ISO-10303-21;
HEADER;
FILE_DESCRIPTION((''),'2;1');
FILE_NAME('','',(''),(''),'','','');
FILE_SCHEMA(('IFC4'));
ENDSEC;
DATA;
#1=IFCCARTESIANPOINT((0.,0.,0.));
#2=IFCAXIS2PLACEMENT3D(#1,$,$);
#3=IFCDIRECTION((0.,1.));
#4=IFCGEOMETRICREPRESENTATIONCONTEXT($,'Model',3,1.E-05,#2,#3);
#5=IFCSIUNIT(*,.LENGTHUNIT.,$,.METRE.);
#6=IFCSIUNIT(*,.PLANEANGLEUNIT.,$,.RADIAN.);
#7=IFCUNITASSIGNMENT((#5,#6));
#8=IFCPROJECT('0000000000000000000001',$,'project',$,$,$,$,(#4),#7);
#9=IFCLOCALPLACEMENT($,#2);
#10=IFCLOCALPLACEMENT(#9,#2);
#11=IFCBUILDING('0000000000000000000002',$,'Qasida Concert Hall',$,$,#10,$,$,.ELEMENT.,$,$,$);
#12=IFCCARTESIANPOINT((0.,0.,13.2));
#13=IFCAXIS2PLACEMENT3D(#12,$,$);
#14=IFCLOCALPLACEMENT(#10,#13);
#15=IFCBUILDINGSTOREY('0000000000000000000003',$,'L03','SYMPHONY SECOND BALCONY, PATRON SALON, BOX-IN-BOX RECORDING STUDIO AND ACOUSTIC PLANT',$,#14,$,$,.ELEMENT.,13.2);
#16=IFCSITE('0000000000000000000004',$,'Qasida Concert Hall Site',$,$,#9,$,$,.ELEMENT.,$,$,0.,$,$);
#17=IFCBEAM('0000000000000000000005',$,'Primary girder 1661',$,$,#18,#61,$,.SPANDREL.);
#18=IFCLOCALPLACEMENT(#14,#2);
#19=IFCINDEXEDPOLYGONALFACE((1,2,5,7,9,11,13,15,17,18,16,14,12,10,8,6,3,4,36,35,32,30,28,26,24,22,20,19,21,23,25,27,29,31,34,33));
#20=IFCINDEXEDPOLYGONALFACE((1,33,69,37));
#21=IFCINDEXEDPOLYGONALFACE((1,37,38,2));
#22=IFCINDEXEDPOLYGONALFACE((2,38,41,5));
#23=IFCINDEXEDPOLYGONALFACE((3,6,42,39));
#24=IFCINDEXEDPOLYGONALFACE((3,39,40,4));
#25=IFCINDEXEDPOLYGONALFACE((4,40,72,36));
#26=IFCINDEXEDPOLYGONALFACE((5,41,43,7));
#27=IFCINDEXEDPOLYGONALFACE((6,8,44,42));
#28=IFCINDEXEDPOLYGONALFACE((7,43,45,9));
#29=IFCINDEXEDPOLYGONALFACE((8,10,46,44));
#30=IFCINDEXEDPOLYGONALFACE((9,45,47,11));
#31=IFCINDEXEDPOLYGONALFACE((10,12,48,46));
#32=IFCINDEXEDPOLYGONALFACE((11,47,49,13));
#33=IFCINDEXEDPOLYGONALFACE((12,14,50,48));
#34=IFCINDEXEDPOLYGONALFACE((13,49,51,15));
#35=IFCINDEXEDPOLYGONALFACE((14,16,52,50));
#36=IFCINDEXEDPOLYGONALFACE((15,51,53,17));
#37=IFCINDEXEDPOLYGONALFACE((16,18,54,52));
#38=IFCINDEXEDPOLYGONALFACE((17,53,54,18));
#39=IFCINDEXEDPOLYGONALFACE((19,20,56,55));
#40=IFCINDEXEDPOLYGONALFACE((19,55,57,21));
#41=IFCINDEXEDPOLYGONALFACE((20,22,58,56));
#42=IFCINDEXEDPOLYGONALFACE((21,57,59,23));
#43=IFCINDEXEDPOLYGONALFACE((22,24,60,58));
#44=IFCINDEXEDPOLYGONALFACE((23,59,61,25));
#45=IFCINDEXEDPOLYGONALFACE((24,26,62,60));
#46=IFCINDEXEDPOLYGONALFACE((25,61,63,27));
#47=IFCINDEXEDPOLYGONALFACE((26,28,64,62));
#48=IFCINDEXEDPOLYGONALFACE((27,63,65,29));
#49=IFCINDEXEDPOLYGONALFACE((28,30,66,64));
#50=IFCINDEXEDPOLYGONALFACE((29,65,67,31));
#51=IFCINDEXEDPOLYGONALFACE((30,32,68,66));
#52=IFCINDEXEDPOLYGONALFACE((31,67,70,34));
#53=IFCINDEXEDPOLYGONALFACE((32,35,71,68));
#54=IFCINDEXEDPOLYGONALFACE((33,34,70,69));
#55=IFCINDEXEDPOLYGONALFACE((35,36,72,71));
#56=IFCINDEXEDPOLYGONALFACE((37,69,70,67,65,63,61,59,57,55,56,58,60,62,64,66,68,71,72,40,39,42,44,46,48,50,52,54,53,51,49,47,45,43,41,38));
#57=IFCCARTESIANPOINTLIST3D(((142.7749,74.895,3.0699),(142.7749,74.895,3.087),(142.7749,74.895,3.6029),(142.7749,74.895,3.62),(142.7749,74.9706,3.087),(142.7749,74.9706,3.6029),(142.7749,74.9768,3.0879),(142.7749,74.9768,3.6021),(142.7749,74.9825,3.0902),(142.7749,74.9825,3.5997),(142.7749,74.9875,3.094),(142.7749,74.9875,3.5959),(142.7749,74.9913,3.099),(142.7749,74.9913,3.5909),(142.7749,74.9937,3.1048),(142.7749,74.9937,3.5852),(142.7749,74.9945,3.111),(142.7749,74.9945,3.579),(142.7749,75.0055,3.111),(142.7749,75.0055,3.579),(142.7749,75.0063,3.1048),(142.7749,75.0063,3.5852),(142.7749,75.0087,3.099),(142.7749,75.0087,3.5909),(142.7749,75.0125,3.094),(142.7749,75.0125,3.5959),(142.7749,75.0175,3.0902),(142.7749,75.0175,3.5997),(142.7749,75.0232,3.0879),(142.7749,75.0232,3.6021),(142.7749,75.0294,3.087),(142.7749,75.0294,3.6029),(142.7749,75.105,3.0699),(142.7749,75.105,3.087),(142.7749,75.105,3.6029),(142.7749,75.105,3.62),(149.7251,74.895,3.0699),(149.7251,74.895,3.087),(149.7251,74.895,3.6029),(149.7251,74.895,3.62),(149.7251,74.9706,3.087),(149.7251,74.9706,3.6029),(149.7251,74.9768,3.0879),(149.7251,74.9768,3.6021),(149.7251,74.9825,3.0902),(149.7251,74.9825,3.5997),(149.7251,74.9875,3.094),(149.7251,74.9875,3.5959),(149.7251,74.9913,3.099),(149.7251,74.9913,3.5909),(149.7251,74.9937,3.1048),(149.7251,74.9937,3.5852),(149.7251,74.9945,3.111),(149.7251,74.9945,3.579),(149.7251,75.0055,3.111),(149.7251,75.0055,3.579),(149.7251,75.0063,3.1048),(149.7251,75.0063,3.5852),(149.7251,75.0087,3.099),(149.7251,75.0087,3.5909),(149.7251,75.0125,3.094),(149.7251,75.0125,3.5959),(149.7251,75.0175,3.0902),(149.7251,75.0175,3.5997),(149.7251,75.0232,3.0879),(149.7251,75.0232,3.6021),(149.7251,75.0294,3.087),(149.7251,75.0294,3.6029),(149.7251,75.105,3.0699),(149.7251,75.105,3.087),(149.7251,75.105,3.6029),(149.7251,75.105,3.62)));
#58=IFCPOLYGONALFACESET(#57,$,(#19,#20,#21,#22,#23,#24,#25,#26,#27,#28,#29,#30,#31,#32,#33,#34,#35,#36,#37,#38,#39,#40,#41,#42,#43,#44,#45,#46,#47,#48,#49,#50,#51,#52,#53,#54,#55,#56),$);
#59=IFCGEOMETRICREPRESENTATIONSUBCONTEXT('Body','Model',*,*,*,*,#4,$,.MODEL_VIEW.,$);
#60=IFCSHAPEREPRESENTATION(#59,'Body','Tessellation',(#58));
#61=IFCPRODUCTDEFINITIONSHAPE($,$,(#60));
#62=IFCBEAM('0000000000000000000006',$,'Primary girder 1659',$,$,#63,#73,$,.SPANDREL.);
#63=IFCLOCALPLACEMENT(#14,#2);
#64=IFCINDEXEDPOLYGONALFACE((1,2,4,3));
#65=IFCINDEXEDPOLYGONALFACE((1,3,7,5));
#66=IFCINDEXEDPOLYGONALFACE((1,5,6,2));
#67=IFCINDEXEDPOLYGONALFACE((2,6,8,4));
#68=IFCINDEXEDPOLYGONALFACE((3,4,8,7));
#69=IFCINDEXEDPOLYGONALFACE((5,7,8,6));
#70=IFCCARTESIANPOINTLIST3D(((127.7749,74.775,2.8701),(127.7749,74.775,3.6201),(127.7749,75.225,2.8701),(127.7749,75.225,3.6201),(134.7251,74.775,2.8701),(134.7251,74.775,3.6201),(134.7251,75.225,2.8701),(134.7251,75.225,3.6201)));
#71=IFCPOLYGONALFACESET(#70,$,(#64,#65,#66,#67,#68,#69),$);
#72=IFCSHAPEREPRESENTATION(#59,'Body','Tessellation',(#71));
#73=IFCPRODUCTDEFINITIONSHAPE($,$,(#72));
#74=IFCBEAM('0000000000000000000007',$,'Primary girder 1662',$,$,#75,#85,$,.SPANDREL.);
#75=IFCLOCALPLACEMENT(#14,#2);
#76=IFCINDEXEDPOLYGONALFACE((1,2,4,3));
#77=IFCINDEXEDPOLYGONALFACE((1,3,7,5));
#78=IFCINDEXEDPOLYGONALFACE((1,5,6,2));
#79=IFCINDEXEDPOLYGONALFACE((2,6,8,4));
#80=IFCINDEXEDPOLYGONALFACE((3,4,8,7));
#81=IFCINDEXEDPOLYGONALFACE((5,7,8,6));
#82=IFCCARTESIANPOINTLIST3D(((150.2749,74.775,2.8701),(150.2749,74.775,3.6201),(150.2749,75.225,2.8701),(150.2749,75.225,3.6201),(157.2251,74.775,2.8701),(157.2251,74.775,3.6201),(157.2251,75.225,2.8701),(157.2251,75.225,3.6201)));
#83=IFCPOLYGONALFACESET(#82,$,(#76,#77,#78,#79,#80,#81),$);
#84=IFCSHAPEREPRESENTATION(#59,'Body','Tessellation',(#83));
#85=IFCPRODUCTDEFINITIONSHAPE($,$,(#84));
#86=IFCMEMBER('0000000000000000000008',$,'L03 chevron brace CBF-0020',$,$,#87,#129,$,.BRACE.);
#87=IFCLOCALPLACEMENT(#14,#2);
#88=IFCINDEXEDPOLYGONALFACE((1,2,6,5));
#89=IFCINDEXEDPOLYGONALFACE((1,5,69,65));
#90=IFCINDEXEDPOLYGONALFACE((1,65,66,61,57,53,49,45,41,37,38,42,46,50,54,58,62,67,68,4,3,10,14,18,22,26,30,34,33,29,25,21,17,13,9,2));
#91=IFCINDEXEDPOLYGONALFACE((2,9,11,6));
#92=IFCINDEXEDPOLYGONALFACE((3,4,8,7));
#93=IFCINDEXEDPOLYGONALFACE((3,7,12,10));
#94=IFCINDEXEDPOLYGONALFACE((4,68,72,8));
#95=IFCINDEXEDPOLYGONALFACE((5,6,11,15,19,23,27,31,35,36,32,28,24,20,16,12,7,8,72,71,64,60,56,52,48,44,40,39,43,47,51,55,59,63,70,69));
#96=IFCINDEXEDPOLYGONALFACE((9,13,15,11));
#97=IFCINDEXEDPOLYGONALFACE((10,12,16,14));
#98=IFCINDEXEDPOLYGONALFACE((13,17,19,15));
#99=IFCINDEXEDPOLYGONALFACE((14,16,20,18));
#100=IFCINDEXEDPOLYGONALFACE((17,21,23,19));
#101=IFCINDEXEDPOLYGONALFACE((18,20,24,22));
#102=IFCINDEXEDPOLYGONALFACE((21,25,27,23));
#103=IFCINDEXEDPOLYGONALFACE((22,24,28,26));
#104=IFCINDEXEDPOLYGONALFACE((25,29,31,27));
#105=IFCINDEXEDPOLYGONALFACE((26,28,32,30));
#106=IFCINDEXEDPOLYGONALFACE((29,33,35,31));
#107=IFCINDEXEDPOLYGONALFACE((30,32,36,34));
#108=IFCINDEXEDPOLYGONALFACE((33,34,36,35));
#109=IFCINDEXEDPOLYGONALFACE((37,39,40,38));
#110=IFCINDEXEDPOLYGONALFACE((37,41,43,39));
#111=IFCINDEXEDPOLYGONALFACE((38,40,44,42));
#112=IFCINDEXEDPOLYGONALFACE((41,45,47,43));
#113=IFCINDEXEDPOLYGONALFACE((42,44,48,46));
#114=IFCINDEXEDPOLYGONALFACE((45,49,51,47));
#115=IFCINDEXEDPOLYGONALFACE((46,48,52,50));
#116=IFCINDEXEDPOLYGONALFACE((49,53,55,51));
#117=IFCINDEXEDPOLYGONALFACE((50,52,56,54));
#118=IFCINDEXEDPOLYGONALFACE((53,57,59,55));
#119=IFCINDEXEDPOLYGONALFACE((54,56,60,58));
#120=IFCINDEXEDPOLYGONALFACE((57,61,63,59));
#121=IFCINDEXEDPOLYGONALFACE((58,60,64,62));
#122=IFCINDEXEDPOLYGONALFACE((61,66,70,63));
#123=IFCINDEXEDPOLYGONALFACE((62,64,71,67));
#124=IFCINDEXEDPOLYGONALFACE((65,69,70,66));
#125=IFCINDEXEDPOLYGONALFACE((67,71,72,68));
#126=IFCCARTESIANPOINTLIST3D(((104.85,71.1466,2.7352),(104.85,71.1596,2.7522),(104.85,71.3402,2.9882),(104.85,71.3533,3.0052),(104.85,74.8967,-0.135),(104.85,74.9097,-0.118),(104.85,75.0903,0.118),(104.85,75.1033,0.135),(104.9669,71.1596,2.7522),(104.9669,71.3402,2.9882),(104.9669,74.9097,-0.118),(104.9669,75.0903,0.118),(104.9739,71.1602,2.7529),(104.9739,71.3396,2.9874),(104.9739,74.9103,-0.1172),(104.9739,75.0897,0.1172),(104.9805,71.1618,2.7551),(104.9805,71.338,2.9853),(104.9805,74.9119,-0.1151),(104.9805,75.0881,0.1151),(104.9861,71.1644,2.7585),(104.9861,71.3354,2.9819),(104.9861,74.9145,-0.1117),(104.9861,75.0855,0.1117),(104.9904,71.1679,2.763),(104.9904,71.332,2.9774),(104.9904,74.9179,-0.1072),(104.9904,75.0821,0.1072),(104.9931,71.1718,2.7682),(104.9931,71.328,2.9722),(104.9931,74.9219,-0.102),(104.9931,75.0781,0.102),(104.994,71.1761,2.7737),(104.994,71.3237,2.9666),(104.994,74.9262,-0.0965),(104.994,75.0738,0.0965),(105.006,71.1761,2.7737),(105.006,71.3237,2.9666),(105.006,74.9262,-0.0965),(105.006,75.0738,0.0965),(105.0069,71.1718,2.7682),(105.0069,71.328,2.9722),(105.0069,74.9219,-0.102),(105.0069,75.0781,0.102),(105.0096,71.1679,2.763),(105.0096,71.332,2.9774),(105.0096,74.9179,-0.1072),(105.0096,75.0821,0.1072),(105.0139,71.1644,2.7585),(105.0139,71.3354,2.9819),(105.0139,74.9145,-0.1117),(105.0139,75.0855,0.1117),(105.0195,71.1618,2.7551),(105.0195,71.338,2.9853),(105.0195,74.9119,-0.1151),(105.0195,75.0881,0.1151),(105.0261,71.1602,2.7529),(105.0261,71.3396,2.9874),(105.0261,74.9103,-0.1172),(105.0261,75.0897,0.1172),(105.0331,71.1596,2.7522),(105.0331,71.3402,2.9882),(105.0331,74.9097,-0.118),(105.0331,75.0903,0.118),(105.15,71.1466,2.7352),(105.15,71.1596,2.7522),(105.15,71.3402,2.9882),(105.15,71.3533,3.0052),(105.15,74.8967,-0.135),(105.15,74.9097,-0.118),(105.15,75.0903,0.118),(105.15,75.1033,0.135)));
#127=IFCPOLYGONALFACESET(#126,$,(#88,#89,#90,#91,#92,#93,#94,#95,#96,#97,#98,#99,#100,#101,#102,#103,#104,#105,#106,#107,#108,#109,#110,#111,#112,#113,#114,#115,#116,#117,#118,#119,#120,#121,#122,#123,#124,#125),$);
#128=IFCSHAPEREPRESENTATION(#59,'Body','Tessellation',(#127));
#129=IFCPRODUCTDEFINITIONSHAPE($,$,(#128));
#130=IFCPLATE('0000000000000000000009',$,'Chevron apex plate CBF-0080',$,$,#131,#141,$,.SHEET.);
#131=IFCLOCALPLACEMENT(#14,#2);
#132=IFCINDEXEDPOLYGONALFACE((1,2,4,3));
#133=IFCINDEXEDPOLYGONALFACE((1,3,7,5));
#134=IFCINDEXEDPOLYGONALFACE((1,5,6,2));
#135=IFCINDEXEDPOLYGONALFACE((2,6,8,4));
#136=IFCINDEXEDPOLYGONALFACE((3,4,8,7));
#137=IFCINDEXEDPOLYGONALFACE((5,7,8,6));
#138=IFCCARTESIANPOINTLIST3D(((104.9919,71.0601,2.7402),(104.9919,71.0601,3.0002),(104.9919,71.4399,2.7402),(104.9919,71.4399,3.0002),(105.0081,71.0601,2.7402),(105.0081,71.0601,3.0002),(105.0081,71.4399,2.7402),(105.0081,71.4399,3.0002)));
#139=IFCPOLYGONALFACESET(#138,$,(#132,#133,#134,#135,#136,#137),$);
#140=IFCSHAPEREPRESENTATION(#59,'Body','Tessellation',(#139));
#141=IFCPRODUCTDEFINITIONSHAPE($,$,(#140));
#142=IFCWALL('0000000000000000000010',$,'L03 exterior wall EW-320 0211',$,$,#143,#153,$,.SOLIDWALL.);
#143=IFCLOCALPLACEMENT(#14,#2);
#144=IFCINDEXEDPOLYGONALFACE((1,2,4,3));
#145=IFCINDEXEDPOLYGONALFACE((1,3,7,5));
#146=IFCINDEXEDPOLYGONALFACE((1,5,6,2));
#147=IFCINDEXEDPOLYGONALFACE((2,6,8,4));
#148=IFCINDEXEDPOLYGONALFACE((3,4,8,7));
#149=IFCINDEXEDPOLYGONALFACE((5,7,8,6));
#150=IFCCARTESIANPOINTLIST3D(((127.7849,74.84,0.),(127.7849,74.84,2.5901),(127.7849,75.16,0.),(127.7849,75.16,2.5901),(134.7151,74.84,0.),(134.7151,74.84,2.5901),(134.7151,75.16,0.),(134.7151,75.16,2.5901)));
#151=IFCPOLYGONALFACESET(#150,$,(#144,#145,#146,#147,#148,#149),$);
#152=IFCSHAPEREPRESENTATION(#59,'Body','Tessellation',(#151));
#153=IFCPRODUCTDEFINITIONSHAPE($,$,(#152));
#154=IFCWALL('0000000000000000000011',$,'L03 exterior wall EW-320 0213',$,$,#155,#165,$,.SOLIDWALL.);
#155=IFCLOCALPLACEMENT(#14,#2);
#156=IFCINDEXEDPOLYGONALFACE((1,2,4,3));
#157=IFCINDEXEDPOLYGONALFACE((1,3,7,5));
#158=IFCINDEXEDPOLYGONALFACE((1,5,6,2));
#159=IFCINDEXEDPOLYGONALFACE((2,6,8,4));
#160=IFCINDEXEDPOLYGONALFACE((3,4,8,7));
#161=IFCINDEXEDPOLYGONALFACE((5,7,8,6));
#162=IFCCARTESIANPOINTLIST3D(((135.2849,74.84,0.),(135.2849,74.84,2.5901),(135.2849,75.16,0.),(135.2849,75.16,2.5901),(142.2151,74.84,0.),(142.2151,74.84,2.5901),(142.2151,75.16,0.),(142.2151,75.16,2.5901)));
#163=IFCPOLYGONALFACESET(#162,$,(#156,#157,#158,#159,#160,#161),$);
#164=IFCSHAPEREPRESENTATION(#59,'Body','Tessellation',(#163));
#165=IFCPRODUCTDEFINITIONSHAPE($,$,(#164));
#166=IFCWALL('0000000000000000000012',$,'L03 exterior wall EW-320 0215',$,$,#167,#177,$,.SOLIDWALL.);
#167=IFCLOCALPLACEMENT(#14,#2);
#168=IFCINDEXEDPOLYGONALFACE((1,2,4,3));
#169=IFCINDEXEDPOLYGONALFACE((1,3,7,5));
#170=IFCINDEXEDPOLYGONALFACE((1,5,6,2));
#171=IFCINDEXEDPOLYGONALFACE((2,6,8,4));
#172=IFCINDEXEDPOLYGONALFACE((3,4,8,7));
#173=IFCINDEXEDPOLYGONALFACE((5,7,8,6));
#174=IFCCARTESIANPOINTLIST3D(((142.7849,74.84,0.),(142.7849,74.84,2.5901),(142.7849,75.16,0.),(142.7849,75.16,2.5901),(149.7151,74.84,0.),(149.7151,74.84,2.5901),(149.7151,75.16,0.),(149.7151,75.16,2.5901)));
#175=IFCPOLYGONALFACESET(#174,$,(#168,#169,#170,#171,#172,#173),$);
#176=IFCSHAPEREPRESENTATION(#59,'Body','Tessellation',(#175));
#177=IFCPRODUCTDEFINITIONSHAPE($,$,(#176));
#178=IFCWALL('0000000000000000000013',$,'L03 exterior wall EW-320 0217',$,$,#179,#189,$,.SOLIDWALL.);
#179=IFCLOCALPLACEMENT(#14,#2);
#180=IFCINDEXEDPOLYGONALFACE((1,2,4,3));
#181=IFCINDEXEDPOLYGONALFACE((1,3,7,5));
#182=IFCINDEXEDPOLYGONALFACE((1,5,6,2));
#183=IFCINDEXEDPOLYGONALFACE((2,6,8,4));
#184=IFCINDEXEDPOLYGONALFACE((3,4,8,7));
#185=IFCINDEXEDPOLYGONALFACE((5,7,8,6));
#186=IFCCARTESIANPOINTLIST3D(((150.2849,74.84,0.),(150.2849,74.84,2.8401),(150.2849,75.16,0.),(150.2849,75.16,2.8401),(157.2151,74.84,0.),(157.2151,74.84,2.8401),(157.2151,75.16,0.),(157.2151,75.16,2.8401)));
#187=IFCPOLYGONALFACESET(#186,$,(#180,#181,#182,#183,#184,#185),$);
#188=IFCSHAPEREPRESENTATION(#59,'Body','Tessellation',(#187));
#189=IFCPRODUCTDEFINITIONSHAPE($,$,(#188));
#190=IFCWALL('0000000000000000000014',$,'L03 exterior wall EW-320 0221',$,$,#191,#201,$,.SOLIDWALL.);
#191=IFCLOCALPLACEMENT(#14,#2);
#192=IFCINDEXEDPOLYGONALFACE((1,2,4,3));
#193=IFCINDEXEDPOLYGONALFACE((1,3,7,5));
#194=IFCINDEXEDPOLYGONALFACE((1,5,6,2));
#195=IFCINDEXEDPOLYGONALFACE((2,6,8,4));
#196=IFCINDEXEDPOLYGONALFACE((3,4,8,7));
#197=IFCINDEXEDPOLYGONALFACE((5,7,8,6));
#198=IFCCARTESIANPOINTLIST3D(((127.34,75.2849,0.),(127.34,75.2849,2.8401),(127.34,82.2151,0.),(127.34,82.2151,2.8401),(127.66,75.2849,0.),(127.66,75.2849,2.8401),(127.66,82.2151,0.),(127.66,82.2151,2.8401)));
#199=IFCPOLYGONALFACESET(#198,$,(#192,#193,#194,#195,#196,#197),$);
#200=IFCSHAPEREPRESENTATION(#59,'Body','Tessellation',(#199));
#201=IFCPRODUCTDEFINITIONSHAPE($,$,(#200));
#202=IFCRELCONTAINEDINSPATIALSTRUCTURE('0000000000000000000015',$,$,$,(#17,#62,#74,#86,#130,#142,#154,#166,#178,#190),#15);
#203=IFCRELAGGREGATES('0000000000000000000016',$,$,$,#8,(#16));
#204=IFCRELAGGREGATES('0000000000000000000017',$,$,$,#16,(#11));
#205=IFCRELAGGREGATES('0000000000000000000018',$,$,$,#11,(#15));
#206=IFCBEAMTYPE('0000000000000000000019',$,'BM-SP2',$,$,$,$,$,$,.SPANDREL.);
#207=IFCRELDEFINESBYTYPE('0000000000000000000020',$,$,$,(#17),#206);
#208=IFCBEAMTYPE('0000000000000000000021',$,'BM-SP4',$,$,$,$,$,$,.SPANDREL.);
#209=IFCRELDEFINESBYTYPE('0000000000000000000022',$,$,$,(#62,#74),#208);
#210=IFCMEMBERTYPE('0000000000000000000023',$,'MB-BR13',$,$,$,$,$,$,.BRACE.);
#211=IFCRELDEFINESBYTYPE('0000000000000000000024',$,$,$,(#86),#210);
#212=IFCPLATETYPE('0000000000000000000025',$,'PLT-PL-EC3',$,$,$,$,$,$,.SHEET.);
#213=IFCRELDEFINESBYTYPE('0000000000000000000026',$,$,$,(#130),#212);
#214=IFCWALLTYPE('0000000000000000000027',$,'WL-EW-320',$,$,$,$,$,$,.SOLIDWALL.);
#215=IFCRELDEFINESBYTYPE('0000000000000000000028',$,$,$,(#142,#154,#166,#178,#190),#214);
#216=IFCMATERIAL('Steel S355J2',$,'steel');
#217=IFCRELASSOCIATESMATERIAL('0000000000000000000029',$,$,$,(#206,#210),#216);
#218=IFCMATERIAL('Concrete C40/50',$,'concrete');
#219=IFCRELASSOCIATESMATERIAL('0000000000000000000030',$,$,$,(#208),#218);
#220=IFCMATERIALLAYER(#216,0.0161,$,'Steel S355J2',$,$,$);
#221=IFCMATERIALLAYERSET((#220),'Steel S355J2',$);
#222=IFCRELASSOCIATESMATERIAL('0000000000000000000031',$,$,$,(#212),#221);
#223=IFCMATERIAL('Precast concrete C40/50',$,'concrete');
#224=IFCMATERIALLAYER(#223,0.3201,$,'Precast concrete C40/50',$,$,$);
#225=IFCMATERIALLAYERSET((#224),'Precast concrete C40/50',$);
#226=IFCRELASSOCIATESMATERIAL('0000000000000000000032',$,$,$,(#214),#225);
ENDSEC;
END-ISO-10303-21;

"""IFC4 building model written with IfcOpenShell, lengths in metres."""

from ifc_helpers import new_model, si_unit, direction, frame, frame_2d, origin, origin_2d, place, context, subcontext, project, spatial, rectangle, i_section, extrude, material, layer, layer_set, material_profile, profile_set, type_object, element, save


model = new_model("IFC4")

# Units and contexts
model_context = context("Model", 3, precision=1e-05, world=origin(), true_north=direction((0.0, 1.0)))
body_context = subcontext(model_context, "Body", "Model", "MODEL_VIEW")
ifc_project = project(units=[si_unit("LENGTHUNIT", "METRE"), si_unit("PLANEANGLEUNIT", "RADIAN")], contexts=[model_context])

# Site, building, storey
site_placement = place(None, origin())
site = spatial("IfcSite", under=ifc_project, at=site_placement, Name="Qasida Concert Hall Site", CompositionType="ELEMENT", RefElevation=0.0)
building_placement = place(site_placement, origin())
building = spatial("IfcBuilding", under=site, at=building_placement, Name="Qasida Concert Hall", CompositionType="ELEMENT")
storey_placement = place(building_placement, frame((0.0, 0.0, 13.2)))
storey = spatial("IfcBuildingStorey", under=building, at=storey_placement, Name="L03", Description="SYMPHONY SECOND BALCONY, PATRON SALON, BOX-IN-BOX RECORDING STUDIO AND ACOUSTIC PLANT", CompositionType="ELEMENT", Elevation=13.2)

# Beams
ifc_material_1 = material(Name="Steel S355J2", Category="steel")
ifc_material_2 = material(Name="Concrete C40/50", Category="concrete")
ifc_material_profile_1 = material_profile(ifc_material_1, i_section(OverallWidth=0.21, OverallDepth=0.55, WebThickness=0.011, FlangeThickness=0.0171, FilletRadius=0.0239, at=origin_2d()), Name="IPE 550")
ifc_profile_set_1 = profile_set([ifc_material_profile_1], Name="Steel S355J2")
beam_type_1 = type_object("IfcBeamType", Name="BM-SP2", PredefinedType="SPANDREL", material=ifc_profile_set_1)
beam_1_placement = place(storey_placement, frame((142.7749, 75.0, 3.345), z_axis=(1.0, 0.0, 0.0), x_axis=(0.0, 1.0, 0.0)))
element("IfcBeam", 1, at=beam_1_placement, inside=storey, type_object=beam_type_1, Name="Primary girder 1661", PredefinedType="SPANDREL", context=body_context, shape_type="SweptSolid", body=[
    extrude(i_section(OverallWidth=0.21, OverallDepth=0.55, WebThickness=0.011, FlangeThickness=0.0171, FilletRadius=0.0239, at=origin_2d()), origin(), (0.0, 0.0, 1.0), 6.9502),
])
ifc_material_profile_2 = material_profile(ifc_material_2, rectangle(XDim=0.45, YDim=0.75, at=origin_2d()), Name="RC 450x750")
ifc_profile_set_2 = profile_set([ifc_material_profile_2], Name="Concrete C40/50")
beam_type_2 = type_object("IfcBeamType", Name="BM-SP4", PredefinedType="SPANDREL", material=ifc_profile_set_2)
for number, where, z_axis, x_axis, name in (
    (2, (127.7749, 75.0, 3.2451), (1.0, 0.0, 0.0), (0.0, 1.0, 0.0), "Primary girder 1659"),
    (3, (150.2749, 75.0, 3.2451), (1.0, 0.0, 0.0), (0.0, 1.0, 0.0), "Primary girder 1662"),
):
    element("IfcBeam", number, at=place(storey_placement, frame(where, z_axis=z_axis, x_axis=x_axis)), inside=storey, type_object=beam_type_2, Name=name, PredefinedType="SPANDREL", context=body_context, shape_type="SweptSolid", body=[
        extrude(rectangle(XDim=0.45, YDim=0.75, at=origin_2d()), origin(), (0.0, 0.0, 1.0), 6.9502),
    ])

# Member
ifc_material_profile_3 = material_profile(ifc_material_1, i_section(OverallWidth=0.3, OverallDepth=0.3401, WebThickness=0.012, FlangeThickness=0.0215, FilletRadius=0.0271, at=origin_2d()), Name="HEB 340")
ifc_profile_set_3 = profile_set([ifc_material_profile_3], Name="Steel S355J2")
member_type = type_object("IfcMemberType", Name="MB-BR13", PredefinedType="BRACE", material=ifc_profile_set_3)
member_placement = place(storey_placement, frame((105.0, 75.0, 0.0), z_axis=(0.0, -0.794105, 0.60778), x_axis=(1.0, 0.0, 0.0)))
element("IfcMember", 4, at=member_placement, inside=storey, type_object=member_type, Name="L03 chevron brace CBF-0020", PredefinedType="BRACE", context=body_context, shape_type="SweptSolid", body=[
    extrude(i_section(OverallWidth=0.3, OverallDepth=0.3401, WebThickness=0.012, FlangeThickness=0.0215, FilletRadius=0.0271, at=origin_2d()), origin(), (0.0, 0.0, 1.0), 4.7224),
])

# Plate
ifc_layer_1 = layer(ifc_material_1, 0.0161, Name="Steel S355J2")
ifc_layer_set_1 = layer_set([ifc_layer_1], Name="Steel S355J2")
plate_type = type_object("IfcPlateType", Name="PLT-PL-EC3", PredefinedType="SHEET", material=ifc_layer_set_1)
plate_placement = place(storey_placement, frame((105.0, 71.25, 2.7402), z_axis=(0.0, 0.0, 1.0), x_axis=(0.0, 1.0, 0.0)))
element("IfcPlate", 5, at=plate_placement, inside=storey, type_object=plate_type, Name="Chevron apex plate CBF-0080", PredefinedType="SHEET", context=body_context, shape_type="SweptSolid", body=[
    extrude(rectangle(XDim=0.3799, YDim=0.0161, at=origin_2d()), origin(), (0.0, 0.0, 1.0), 0.26),
])

# Walls
ifc_material_3 = material(Name="Precast concrete C40/50", Category="concrete")
ifc_layer_2 = layer(ifc_material_3, 0.3201, Name="Precast concrete C40/50")
ifc_layer_set_2 = layer_set([ifc_layer_2], Name="Precast concrete C40/50")
wall_type_1 = type_object("IfcWallType", Name="WL-EW-320", PredefinedType="SOLIDWALL", material=ifc_layer_set_2)
for number, where, z_axis, x_axis, name in (
    (6, (127.7849, 75.0, 0.0), (0.0, 0.0, 1.0), (1.0, 0.0, 0.0), "L03 exterior wall EW-320 0211"),
    (7, (135.2849, 75.0, 0.0), (0.0, 0.0, 1.0), (1.0, 0.0, 0.0), "L03 exterior wall EW-320 0213"),
    (8, (142.7849, 75.0, 0.0), (0.0, 0.0, 1.0), (1.0, 0.0, 0.0), "L03 exterior wall EW-320 0215"),
):
    element("IfcWall", number, at=place(storey_placement, frame(where, z_axis=z_axis, x_axis=x_axis)), inside=storey, type_object=wall_type_1, Name=name, PredefinedType="SOLIDWALL", context=body_context, shape_type="SweptSolid", body=[
        extrude(rectangle(XDim=6.9302, YDim=0.3201, at=frame_2d((3.4651, 0.0))), origin(), (0.0, 0.0, 1.0), 2.5901),
    ])
for number, where, z_axis, x_axis, name in (
    (9, (150.2849, 75.0, 0.0), (0.0, 0.0, 1.0), (1.0, 0.0, 0.0), "L03 exterior wall EW-320 0217"),
    (10, (127.5, 75.2849, 0.0), (0.0, 0.0, 1.0), (0.0, 1.0, 0.0), "L03 exterior wall EW-320 0221"),
):
    element("IfcWall", number, at=place(storey_placement, frame(where, z_axis=z_axis, x_axis=x_axis)), inside=storey, type_object=wall_type_1, Name=name, PredefinedType="SOLIDWALL", context=body_context, shape_type="SweptSolid", body=[
        extrude(rectangle(XDim=6.9302, YDim=0.3201, at=frame_2d((3.4651, 0.0))), origin(), (0.0, 0.0, 1.0), 2.8401),
    ])

save(model, "model.ifc")
